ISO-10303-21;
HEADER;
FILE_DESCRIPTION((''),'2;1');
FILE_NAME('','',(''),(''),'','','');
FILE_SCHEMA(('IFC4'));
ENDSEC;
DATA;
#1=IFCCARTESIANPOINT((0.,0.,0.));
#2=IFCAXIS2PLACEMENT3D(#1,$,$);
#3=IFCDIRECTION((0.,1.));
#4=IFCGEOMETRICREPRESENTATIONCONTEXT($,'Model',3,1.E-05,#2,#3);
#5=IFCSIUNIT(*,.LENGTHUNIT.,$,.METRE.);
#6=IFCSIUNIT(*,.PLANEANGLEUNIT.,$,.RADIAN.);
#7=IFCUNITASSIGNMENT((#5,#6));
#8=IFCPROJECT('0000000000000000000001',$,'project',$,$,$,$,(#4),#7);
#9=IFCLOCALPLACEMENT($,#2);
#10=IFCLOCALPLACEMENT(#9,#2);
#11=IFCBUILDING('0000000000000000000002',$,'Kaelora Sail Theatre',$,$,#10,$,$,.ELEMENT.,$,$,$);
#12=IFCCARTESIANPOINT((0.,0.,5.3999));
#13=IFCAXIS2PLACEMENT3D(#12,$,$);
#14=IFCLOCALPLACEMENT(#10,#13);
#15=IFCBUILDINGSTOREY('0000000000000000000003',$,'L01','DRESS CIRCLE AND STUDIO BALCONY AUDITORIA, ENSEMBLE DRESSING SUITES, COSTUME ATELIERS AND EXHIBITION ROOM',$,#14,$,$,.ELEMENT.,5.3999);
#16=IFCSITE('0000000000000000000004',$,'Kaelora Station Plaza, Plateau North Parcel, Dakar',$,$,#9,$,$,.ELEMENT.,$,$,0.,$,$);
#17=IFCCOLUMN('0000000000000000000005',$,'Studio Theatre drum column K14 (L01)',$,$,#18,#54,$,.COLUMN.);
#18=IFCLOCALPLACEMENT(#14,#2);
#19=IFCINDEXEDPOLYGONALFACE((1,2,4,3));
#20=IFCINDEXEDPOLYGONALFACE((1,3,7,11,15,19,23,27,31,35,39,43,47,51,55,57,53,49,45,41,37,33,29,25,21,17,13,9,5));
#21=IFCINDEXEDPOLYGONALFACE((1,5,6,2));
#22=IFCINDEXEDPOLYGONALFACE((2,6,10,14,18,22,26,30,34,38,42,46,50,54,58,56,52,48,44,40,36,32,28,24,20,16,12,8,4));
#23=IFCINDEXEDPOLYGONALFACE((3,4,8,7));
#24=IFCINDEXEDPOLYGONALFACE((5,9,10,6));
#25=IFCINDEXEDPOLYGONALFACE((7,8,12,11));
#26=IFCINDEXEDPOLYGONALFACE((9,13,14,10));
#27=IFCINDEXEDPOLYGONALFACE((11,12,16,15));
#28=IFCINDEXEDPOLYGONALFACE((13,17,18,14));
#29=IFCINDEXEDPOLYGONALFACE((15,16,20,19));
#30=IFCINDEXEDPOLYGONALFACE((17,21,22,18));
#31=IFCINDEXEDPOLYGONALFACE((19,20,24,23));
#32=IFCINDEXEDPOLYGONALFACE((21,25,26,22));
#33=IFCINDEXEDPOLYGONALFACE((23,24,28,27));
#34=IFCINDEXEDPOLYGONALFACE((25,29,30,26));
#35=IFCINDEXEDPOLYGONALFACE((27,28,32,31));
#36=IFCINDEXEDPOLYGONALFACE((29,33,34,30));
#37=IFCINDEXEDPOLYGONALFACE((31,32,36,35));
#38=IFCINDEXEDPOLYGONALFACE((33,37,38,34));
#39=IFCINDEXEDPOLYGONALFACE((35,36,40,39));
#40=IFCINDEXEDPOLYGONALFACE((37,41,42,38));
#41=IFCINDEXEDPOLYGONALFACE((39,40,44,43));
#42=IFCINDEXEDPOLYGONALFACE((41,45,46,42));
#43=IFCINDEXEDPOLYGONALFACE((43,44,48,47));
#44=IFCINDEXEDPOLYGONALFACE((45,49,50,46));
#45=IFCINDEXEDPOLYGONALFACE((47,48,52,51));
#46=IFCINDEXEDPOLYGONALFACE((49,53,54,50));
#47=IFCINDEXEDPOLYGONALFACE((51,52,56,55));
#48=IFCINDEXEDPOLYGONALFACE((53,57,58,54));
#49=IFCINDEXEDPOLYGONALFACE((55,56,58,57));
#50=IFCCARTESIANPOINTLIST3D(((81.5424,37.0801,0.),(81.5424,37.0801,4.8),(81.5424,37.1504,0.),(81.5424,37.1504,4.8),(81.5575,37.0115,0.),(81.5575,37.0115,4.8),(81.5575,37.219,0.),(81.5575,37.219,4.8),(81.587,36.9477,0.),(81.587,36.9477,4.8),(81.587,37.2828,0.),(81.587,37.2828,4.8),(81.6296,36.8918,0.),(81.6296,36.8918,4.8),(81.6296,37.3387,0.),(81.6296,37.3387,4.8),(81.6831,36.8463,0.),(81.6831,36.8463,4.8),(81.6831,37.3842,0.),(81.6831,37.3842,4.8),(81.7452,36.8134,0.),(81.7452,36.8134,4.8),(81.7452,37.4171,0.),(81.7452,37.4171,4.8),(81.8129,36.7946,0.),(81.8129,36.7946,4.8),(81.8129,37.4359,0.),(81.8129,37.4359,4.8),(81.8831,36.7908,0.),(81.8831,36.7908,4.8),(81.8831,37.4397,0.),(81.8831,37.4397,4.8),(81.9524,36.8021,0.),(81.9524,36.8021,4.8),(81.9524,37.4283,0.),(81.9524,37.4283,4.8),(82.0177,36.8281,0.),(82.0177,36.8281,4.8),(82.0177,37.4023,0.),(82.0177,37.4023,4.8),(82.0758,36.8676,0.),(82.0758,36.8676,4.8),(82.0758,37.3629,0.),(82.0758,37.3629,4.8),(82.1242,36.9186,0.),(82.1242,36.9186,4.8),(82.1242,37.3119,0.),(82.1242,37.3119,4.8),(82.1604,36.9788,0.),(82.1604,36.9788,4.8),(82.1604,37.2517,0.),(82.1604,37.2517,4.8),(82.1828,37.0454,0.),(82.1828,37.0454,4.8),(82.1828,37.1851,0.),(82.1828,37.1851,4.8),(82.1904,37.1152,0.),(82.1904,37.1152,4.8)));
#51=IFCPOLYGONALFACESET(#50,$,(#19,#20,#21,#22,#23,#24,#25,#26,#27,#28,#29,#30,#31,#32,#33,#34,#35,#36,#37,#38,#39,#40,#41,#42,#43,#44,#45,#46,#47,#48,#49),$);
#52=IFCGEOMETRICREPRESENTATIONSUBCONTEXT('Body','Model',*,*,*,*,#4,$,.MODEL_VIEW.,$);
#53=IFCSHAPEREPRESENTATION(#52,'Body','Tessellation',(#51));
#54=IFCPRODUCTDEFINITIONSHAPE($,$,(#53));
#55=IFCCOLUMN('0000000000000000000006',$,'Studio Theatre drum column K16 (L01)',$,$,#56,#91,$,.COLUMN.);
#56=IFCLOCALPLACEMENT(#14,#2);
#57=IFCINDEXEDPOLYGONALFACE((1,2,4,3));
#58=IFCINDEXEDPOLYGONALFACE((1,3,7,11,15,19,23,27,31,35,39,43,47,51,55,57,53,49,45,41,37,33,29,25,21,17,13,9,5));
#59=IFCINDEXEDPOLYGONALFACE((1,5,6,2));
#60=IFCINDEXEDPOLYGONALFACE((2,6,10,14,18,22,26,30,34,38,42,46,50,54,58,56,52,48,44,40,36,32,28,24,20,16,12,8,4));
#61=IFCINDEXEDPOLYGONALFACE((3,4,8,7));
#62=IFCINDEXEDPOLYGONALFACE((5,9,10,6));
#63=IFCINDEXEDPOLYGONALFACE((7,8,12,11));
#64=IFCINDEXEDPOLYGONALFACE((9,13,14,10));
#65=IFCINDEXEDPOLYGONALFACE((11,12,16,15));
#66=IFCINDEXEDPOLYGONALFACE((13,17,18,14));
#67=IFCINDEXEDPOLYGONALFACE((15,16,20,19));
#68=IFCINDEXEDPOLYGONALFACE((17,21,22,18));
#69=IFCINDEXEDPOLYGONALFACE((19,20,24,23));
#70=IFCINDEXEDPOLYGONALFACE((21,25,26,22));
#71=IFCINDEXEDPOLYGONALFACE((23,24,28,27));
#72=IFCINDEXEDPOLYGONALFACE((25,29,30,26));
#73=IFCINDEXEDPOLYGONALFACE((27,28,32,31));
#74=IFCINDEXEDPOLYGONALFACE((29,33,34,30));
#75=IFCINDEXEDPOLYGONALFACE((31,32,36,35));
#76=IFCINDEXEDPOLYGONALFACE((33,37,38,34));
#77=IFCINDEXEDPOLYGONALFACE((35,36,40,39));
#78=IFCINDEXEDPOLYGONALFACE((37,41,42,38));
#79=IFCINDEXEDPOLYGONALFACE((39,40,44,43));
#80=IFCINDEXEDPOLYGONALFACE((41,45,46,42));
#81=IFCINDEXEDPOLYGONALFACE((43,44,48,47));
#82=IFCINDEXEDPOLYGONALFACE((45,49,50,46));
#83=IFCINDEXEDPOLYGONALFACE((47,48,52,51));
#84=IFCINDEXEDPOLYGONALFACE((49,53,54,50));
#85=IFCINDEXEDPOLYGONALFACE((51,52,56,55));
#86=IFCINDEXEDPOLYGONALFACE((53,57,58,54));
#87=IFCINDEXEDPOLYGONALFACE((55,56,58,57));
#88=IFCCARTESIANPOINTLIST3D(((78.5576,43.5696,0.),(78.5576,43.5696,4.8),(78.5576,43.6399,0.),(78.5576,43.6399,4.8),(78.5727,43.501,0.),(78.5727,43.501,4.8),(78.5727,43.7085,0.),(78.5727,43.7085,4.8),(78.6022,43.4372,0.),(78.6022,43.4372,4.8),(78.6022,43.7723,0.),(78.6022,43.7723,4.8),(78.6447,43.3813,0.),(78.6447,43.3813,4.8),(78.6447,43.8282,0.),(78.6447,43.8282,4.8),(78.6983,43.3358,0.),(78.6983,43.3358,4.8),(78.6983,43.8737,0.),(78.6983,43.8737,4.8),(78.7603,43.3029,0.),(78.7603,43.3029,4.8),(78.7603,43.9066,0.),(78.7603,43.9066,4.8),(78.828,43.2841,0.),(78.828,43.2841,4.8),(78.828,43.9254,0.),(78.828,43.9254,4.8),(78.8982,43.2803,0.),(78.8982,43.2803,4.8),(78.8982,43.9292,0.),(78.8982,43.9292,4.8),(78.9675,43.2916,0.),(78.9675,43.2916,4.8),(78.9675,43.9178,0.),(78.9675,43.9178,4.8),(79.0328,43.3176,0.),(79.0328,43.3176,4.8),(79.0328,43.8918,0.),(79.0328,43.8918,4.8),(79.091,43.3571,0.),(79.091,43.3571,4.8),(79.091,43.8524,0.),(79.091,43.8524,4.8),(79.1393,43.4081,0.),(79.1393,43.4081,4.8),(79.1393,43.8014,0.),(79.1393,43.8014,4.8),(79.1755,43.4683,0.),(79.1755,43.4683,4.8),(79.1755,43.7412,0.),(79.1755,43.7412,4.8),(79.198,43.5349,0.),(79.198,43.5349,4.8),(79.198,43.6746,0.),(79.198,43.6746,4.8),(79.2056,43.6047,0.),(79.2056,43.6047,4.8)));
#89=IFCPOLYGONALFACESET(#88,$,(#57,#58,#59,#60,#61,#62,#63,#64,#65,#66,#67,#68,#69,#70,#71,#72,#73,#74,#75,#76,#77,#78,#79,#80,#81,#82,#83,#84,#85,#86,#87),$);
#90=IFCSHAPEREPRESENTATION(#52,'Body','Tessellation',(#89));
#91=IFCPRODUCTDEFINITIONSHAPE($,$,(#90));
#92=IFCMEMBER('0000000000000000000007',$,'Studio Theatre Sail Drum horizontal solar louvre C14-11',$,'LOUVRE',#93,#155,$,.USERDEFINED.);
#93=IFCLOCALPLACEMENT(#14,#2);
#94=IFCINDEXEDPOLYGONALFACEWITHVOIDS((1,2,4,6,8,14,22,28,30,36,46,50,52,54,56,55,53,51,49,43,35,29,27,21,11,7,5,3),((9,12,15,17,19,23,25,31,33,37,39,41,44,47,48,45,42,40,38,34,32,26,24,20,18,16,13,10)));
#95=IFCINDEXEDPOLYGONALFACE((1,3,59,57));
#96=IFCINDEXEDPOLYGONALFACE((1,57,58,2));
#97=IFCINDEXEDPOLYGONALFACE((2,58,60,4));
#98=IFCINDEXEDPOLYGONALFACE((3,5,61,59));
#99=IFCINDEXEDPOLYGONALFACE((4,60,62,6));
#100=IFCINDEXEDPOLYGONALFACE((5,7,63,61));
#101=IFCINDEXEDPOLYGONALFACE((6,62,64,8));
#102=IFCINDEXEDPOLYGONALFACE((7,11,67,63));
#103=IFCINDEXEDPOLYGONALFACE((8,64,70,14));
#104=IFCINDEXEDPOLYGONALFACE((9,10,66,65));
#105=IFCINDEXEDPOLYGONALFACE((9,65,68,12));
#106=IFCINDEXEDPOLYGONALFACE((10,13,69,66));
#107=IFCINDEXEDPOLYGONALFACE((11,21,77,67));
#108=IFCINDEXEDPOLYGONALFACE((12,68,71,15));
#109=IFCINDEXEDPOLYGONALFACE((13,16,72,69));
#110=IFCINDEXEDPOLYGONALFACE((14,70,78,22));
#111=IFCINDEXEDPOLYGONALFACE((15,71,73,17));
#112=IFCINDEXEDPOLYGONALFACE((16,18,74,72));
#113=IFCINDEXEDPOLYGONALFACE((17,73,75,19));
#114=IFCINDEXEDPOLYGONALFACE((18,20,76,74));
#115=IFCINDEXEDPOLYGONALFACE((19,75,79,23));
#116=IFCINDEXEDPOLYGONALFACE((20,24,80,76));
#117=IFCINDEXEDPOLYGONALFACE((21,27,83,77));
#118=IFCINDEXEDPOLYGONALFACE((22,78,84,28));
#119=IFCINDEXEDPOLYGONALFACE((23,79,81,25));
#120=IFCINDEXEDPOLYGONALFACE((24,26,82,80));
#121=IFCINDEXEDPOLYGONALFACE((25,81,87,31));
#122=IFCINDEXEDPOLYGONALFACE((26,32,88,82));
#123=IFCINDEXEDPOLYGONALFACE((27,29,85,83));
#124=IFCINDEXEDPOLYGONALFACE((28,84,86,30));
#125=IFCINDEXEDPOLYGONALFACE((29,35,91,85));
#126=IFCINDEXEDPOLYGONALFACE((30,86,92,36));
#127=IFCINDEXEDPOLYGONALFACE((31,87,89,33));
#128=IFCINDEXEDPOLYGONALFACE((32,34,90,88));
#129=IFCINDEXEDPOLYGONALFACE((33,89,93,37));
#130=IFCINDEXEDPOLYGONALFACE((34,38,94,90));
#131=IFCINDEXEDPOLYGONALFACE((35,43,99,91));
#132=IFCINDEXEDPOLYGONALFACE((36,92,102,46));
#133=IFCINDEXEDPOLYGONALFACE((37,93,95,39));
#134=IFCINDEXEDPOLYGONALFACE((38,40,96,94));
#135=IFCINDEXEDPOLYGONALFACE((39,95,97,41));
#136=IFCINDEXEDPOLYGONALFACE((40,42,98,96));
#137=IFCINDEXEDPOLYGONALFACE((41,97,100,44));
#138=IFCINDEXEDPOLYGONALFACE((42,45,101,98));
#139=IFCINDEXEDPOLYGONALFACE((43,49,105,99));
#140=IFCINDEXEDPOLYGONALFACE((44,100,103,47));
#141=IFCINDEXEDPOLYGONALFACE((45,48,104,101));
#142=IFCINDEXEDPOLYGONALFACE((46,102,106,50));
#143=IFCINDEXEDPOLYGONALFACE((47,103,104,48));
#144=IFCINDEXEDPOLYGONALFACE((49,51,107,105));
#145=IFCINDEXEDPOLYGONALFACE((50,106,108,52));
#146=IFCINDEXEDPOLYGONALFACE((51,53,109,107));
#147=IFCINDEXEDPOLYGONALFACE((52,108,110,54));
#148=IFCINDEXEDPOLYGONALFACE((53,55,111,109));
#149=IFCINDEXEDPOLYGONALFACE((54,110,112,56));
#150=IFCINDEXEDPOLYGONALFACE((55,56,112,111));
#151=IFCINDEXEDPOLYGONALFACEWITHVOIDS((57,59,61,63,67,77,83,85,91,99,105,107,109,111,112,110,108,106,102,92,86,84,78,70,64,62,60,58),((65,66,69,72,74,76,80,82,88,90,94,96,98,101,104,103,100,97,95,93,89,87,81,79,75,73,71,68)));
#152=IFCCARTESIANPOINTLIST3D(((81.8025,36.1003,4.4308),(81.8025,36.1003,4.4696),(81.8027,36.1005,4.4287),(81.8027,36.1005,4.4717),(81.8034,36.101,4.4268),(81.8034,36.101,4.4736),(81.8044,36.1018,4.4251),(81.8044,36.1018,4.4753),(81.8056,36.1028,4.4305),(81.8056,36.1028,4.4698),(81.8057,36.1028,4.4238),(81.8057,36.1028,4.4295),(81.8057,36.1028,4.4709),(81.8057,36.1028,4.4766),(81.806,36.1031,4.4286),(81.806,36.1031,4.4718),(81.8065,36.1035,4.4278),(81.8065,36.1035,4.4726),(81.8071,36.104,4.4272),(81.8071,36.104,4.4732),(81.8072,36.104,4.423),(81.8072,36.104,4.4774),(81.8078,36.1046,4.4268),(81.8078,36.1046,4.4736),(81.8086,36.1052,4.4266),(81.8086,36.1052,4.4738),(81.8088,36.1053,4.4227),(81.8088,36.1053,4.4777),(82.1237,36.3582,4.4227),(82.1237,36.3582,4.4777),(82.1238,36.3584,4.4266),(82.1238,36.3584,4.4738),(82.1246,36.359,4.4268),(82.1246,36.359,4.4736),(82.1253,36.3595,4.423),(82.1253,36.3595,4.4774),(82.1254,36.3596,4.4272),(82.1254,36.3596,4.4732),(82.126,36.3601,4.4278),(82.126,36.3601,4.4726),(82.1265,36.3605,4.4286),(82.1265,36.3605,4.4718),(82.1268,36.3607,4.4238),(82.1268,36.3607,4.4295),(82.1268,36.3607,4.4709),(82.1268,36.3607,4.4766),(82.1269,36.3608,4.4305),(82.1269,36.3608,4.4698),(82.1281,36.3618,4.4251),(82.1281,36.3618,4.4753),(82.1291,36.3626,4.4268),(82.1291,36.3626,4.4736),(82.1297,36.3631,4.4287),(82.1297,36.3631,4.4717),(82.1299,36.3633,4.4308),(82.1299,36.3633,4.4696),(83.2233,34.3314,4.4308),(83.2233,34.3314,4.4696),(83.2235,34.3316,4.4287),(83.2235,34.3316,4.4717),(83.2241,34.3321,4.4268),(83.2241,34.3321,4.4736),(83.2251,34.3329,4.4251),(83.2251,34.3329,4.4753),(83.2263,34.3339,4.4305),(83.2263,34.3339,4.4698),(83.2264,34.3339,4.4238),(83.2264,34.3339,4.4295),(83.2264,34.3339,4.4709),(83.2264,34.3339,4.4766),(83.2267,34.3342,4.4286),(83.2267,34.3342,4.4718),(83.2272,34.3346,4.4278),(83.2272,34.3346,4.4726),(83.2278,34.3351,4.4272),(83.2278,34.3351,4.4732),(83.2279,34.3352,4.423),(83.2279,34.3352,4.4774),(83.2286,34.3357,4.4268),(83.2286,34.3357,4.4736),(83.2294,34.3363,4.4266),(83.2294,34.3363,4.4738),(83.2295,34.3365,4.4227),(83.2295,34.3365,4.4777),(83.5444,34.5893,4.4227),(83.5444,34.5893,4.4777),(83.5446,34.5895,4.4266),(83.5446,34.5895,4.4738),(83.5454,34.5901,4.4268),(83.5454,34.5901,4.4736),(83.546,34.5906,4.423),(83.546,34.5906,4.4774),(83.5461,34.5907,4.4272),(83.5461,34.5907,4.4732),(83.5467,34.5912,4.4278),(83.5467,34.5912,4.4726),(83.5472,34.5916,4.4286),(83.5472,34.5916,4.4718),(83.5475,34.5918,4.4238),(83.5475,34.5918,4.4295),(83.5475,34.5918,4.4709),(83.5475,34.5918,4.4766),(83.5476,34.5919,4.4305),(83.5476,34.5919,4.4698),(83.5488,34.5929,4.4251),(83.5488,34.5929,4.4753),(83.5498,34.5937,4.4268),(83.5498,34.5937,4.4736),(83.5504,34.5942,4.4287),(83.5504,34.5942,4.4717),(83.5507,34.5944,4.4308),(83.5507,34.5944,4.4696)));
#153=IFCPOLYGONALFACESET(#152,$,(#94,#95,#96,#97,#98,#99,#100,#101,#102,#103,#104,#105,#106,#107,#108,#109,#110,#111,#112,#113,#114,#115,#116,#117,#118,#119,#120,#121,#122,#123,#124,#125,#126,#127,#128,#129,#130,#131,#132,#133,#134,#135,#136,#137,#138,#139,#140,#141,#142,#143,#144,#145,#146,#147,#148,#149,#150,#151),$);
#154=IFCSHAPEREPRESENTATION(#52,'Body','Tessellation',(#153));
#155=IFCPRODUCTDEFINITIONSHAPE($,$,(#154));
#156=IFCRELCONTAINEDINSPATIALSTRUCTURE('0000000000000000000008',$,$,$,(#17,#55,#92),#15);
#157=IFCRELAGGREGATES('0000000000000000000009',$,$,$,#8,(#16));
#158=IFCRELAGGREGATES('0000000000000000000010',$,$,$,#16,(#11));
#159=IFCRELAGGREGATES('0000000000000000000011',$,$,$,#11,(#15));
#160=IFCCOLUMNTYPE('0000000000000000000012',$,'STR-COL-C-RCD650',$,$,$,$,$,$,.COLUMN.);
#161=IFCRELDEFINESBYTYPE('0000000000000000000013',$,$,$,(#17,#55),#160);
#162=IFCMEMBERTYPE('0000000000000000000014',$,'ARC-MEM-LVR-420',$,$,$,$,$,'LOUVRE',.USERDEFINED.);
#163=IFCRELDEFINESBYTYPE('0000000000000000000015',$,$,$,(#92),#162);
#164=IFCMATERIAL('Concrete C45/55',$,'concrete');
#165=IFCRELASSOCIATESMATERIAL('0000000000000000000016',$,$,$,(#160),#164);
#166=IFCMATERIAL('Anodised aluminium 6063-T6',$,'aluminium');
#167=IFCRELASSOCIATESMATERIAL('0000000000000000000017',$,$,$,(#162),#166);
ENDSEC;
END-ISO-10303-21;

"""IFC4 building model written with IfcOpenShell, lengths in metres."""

from ifc_helpers import new_model, si_unit, direction, frame, origin, origin_2d, place, context, subcontext, project, spatial, hollow_rectangle, circle, extrude, material, material_profile, profile_set, type_object, element, save


model = new_model("IFC4")

# Units and contexts
model_context = context("Model", 3, precision=1e-05, world=origin(), true_north=direction((0.0, 1.0)))
body_context = subcontext(model_context, "Body", "Model", "MODEL_VIEW")
ifc_project = project(units=[si_unit("LENGTHUNIT", "METRE"), si_unit("PLANEANGLEUNIT", "RADIAN")], contexts=[model_context])

# Site, building, storey
site_placement = place(None, origin())
site = spatial("IfcSite", under=ifc_project, at=site_placement, Name="Kaelora Station Plaza, Plateau North Parcel, Dakar", CompositionType="ELEMENT", RefElevation=0.0)
building_placement = place(site_placement, origin())
building = spatial("IfcBuilding", under=site, at=building_placement, Name="Kaelora Sail Theatre", CompositionType="ELEMENT")
storey_placement = place(building_placement, frame((0.0, 0.0, 5.3999)))
storey = spatial("IfcBuildingStorey", under=building, at=storey_placement, Name="L01", Description="DRESS CIRCLE AND STUDIO BALCONY AUDITORIA, ENSEMBLE DRESSING SUITES, COSTUME ATELIERS AND EXHIBITION ROOM", CompositionType="ELEMENT", Elevation=5.3999)

# Columns
ifc_material_1 = material(Name="Concrete C45/55", Category="concrete")
ifc_material_profile_1 = material_profile(ifc_material_1, circle(Radius=0.325, at=origin_2d()), Name="RC-CCOL D650")
ifc_profile_set_1 = profile_set([ifc_material_profile_1], Name="Concrete C45/55")
column_type = type_object("IfcColumnType", Name="STR-COL-C-RCD650", PredefinedType="COLUMN", material=ifc_profile_set_1)
for number, where, z_axis, x_axis, name in (
    (1, (81.8655, 37.1152, 0.0), (0.0, 0.0, 1.0), (1.0, 0.0, 0.0), "Studio Theatre drum column K14 (L01)"),
    (2, (78.8806, 43.6047, 0.0), (0.0, 0.0, 1.0), (1.0, 0.0, 0.0), "Studio Theatre drum column K16 (L01)"),
):
    element("IfcColumn", number, at=place(storey_placement, frame(where, z_axis=z_axis, x_axis=x_axis)), inside=storey, type_object=column_type, Name=name, PredefinedType="COLUMN", context=body_context, shape_type="SweptSolid", body=[
        extrude(circle(Radius=0.325, at=origin_2d()), origin(), (0.0, 0.0, 1.0), 4.8),
    ])

# Member
ifc_material_2 = material(Name="Anodised aluminium 6063-T6", Category="aluminium")
ifc_material_profile_2 = material_profile(ifc_material_2, hollow_rectangle(XDim=0.4199, YDim=0.0549, WallThickness=0.0039, InnerFilletRadius=0.0039, OuterFilletRadius=0.0081, at=origin_2d()), Name="LOUVRE 420x55x4")
ifc_profile_set_2 = profile_set([ifc_material_profile_2], Name="Anodised aluminium 6063-T6")
member_type = type_object("IfcMemberType", Name="ARC-MEM-LVR-420", ElementType="LOUVRE", PredefinedType="USERDEFINED", material=ifc_profile_set_2)
member_placement = place(storey_placement, frame((83.387, 34.4629, 4.4502), z_axis=(-0.626203, 0.77966, 0.0), x_axis=(-0.77966, -0.626203, 0.0)))
element("IfcMember", 3, at=member_placement, inside=storey, type_object=member_type, Name="Studio Theatre Sail Drum horizontal solar louvre C14-11", ObjectType="LOUVRE", PredefinedType="USERDEFINED", context=body_context, shape_type="SweptSolid", body=[
    extrude(hollow_rectangle(XDim=0.4199, YDim=0.0549, WallThickness=0.0039, InnerFilletRadius=0.0039, OuterFilletRadius=0.0081, at=origin_2d()), origin(), (0.0, 0.0, 1.0), 2.2688),
])

save(model, "model.ifc")
